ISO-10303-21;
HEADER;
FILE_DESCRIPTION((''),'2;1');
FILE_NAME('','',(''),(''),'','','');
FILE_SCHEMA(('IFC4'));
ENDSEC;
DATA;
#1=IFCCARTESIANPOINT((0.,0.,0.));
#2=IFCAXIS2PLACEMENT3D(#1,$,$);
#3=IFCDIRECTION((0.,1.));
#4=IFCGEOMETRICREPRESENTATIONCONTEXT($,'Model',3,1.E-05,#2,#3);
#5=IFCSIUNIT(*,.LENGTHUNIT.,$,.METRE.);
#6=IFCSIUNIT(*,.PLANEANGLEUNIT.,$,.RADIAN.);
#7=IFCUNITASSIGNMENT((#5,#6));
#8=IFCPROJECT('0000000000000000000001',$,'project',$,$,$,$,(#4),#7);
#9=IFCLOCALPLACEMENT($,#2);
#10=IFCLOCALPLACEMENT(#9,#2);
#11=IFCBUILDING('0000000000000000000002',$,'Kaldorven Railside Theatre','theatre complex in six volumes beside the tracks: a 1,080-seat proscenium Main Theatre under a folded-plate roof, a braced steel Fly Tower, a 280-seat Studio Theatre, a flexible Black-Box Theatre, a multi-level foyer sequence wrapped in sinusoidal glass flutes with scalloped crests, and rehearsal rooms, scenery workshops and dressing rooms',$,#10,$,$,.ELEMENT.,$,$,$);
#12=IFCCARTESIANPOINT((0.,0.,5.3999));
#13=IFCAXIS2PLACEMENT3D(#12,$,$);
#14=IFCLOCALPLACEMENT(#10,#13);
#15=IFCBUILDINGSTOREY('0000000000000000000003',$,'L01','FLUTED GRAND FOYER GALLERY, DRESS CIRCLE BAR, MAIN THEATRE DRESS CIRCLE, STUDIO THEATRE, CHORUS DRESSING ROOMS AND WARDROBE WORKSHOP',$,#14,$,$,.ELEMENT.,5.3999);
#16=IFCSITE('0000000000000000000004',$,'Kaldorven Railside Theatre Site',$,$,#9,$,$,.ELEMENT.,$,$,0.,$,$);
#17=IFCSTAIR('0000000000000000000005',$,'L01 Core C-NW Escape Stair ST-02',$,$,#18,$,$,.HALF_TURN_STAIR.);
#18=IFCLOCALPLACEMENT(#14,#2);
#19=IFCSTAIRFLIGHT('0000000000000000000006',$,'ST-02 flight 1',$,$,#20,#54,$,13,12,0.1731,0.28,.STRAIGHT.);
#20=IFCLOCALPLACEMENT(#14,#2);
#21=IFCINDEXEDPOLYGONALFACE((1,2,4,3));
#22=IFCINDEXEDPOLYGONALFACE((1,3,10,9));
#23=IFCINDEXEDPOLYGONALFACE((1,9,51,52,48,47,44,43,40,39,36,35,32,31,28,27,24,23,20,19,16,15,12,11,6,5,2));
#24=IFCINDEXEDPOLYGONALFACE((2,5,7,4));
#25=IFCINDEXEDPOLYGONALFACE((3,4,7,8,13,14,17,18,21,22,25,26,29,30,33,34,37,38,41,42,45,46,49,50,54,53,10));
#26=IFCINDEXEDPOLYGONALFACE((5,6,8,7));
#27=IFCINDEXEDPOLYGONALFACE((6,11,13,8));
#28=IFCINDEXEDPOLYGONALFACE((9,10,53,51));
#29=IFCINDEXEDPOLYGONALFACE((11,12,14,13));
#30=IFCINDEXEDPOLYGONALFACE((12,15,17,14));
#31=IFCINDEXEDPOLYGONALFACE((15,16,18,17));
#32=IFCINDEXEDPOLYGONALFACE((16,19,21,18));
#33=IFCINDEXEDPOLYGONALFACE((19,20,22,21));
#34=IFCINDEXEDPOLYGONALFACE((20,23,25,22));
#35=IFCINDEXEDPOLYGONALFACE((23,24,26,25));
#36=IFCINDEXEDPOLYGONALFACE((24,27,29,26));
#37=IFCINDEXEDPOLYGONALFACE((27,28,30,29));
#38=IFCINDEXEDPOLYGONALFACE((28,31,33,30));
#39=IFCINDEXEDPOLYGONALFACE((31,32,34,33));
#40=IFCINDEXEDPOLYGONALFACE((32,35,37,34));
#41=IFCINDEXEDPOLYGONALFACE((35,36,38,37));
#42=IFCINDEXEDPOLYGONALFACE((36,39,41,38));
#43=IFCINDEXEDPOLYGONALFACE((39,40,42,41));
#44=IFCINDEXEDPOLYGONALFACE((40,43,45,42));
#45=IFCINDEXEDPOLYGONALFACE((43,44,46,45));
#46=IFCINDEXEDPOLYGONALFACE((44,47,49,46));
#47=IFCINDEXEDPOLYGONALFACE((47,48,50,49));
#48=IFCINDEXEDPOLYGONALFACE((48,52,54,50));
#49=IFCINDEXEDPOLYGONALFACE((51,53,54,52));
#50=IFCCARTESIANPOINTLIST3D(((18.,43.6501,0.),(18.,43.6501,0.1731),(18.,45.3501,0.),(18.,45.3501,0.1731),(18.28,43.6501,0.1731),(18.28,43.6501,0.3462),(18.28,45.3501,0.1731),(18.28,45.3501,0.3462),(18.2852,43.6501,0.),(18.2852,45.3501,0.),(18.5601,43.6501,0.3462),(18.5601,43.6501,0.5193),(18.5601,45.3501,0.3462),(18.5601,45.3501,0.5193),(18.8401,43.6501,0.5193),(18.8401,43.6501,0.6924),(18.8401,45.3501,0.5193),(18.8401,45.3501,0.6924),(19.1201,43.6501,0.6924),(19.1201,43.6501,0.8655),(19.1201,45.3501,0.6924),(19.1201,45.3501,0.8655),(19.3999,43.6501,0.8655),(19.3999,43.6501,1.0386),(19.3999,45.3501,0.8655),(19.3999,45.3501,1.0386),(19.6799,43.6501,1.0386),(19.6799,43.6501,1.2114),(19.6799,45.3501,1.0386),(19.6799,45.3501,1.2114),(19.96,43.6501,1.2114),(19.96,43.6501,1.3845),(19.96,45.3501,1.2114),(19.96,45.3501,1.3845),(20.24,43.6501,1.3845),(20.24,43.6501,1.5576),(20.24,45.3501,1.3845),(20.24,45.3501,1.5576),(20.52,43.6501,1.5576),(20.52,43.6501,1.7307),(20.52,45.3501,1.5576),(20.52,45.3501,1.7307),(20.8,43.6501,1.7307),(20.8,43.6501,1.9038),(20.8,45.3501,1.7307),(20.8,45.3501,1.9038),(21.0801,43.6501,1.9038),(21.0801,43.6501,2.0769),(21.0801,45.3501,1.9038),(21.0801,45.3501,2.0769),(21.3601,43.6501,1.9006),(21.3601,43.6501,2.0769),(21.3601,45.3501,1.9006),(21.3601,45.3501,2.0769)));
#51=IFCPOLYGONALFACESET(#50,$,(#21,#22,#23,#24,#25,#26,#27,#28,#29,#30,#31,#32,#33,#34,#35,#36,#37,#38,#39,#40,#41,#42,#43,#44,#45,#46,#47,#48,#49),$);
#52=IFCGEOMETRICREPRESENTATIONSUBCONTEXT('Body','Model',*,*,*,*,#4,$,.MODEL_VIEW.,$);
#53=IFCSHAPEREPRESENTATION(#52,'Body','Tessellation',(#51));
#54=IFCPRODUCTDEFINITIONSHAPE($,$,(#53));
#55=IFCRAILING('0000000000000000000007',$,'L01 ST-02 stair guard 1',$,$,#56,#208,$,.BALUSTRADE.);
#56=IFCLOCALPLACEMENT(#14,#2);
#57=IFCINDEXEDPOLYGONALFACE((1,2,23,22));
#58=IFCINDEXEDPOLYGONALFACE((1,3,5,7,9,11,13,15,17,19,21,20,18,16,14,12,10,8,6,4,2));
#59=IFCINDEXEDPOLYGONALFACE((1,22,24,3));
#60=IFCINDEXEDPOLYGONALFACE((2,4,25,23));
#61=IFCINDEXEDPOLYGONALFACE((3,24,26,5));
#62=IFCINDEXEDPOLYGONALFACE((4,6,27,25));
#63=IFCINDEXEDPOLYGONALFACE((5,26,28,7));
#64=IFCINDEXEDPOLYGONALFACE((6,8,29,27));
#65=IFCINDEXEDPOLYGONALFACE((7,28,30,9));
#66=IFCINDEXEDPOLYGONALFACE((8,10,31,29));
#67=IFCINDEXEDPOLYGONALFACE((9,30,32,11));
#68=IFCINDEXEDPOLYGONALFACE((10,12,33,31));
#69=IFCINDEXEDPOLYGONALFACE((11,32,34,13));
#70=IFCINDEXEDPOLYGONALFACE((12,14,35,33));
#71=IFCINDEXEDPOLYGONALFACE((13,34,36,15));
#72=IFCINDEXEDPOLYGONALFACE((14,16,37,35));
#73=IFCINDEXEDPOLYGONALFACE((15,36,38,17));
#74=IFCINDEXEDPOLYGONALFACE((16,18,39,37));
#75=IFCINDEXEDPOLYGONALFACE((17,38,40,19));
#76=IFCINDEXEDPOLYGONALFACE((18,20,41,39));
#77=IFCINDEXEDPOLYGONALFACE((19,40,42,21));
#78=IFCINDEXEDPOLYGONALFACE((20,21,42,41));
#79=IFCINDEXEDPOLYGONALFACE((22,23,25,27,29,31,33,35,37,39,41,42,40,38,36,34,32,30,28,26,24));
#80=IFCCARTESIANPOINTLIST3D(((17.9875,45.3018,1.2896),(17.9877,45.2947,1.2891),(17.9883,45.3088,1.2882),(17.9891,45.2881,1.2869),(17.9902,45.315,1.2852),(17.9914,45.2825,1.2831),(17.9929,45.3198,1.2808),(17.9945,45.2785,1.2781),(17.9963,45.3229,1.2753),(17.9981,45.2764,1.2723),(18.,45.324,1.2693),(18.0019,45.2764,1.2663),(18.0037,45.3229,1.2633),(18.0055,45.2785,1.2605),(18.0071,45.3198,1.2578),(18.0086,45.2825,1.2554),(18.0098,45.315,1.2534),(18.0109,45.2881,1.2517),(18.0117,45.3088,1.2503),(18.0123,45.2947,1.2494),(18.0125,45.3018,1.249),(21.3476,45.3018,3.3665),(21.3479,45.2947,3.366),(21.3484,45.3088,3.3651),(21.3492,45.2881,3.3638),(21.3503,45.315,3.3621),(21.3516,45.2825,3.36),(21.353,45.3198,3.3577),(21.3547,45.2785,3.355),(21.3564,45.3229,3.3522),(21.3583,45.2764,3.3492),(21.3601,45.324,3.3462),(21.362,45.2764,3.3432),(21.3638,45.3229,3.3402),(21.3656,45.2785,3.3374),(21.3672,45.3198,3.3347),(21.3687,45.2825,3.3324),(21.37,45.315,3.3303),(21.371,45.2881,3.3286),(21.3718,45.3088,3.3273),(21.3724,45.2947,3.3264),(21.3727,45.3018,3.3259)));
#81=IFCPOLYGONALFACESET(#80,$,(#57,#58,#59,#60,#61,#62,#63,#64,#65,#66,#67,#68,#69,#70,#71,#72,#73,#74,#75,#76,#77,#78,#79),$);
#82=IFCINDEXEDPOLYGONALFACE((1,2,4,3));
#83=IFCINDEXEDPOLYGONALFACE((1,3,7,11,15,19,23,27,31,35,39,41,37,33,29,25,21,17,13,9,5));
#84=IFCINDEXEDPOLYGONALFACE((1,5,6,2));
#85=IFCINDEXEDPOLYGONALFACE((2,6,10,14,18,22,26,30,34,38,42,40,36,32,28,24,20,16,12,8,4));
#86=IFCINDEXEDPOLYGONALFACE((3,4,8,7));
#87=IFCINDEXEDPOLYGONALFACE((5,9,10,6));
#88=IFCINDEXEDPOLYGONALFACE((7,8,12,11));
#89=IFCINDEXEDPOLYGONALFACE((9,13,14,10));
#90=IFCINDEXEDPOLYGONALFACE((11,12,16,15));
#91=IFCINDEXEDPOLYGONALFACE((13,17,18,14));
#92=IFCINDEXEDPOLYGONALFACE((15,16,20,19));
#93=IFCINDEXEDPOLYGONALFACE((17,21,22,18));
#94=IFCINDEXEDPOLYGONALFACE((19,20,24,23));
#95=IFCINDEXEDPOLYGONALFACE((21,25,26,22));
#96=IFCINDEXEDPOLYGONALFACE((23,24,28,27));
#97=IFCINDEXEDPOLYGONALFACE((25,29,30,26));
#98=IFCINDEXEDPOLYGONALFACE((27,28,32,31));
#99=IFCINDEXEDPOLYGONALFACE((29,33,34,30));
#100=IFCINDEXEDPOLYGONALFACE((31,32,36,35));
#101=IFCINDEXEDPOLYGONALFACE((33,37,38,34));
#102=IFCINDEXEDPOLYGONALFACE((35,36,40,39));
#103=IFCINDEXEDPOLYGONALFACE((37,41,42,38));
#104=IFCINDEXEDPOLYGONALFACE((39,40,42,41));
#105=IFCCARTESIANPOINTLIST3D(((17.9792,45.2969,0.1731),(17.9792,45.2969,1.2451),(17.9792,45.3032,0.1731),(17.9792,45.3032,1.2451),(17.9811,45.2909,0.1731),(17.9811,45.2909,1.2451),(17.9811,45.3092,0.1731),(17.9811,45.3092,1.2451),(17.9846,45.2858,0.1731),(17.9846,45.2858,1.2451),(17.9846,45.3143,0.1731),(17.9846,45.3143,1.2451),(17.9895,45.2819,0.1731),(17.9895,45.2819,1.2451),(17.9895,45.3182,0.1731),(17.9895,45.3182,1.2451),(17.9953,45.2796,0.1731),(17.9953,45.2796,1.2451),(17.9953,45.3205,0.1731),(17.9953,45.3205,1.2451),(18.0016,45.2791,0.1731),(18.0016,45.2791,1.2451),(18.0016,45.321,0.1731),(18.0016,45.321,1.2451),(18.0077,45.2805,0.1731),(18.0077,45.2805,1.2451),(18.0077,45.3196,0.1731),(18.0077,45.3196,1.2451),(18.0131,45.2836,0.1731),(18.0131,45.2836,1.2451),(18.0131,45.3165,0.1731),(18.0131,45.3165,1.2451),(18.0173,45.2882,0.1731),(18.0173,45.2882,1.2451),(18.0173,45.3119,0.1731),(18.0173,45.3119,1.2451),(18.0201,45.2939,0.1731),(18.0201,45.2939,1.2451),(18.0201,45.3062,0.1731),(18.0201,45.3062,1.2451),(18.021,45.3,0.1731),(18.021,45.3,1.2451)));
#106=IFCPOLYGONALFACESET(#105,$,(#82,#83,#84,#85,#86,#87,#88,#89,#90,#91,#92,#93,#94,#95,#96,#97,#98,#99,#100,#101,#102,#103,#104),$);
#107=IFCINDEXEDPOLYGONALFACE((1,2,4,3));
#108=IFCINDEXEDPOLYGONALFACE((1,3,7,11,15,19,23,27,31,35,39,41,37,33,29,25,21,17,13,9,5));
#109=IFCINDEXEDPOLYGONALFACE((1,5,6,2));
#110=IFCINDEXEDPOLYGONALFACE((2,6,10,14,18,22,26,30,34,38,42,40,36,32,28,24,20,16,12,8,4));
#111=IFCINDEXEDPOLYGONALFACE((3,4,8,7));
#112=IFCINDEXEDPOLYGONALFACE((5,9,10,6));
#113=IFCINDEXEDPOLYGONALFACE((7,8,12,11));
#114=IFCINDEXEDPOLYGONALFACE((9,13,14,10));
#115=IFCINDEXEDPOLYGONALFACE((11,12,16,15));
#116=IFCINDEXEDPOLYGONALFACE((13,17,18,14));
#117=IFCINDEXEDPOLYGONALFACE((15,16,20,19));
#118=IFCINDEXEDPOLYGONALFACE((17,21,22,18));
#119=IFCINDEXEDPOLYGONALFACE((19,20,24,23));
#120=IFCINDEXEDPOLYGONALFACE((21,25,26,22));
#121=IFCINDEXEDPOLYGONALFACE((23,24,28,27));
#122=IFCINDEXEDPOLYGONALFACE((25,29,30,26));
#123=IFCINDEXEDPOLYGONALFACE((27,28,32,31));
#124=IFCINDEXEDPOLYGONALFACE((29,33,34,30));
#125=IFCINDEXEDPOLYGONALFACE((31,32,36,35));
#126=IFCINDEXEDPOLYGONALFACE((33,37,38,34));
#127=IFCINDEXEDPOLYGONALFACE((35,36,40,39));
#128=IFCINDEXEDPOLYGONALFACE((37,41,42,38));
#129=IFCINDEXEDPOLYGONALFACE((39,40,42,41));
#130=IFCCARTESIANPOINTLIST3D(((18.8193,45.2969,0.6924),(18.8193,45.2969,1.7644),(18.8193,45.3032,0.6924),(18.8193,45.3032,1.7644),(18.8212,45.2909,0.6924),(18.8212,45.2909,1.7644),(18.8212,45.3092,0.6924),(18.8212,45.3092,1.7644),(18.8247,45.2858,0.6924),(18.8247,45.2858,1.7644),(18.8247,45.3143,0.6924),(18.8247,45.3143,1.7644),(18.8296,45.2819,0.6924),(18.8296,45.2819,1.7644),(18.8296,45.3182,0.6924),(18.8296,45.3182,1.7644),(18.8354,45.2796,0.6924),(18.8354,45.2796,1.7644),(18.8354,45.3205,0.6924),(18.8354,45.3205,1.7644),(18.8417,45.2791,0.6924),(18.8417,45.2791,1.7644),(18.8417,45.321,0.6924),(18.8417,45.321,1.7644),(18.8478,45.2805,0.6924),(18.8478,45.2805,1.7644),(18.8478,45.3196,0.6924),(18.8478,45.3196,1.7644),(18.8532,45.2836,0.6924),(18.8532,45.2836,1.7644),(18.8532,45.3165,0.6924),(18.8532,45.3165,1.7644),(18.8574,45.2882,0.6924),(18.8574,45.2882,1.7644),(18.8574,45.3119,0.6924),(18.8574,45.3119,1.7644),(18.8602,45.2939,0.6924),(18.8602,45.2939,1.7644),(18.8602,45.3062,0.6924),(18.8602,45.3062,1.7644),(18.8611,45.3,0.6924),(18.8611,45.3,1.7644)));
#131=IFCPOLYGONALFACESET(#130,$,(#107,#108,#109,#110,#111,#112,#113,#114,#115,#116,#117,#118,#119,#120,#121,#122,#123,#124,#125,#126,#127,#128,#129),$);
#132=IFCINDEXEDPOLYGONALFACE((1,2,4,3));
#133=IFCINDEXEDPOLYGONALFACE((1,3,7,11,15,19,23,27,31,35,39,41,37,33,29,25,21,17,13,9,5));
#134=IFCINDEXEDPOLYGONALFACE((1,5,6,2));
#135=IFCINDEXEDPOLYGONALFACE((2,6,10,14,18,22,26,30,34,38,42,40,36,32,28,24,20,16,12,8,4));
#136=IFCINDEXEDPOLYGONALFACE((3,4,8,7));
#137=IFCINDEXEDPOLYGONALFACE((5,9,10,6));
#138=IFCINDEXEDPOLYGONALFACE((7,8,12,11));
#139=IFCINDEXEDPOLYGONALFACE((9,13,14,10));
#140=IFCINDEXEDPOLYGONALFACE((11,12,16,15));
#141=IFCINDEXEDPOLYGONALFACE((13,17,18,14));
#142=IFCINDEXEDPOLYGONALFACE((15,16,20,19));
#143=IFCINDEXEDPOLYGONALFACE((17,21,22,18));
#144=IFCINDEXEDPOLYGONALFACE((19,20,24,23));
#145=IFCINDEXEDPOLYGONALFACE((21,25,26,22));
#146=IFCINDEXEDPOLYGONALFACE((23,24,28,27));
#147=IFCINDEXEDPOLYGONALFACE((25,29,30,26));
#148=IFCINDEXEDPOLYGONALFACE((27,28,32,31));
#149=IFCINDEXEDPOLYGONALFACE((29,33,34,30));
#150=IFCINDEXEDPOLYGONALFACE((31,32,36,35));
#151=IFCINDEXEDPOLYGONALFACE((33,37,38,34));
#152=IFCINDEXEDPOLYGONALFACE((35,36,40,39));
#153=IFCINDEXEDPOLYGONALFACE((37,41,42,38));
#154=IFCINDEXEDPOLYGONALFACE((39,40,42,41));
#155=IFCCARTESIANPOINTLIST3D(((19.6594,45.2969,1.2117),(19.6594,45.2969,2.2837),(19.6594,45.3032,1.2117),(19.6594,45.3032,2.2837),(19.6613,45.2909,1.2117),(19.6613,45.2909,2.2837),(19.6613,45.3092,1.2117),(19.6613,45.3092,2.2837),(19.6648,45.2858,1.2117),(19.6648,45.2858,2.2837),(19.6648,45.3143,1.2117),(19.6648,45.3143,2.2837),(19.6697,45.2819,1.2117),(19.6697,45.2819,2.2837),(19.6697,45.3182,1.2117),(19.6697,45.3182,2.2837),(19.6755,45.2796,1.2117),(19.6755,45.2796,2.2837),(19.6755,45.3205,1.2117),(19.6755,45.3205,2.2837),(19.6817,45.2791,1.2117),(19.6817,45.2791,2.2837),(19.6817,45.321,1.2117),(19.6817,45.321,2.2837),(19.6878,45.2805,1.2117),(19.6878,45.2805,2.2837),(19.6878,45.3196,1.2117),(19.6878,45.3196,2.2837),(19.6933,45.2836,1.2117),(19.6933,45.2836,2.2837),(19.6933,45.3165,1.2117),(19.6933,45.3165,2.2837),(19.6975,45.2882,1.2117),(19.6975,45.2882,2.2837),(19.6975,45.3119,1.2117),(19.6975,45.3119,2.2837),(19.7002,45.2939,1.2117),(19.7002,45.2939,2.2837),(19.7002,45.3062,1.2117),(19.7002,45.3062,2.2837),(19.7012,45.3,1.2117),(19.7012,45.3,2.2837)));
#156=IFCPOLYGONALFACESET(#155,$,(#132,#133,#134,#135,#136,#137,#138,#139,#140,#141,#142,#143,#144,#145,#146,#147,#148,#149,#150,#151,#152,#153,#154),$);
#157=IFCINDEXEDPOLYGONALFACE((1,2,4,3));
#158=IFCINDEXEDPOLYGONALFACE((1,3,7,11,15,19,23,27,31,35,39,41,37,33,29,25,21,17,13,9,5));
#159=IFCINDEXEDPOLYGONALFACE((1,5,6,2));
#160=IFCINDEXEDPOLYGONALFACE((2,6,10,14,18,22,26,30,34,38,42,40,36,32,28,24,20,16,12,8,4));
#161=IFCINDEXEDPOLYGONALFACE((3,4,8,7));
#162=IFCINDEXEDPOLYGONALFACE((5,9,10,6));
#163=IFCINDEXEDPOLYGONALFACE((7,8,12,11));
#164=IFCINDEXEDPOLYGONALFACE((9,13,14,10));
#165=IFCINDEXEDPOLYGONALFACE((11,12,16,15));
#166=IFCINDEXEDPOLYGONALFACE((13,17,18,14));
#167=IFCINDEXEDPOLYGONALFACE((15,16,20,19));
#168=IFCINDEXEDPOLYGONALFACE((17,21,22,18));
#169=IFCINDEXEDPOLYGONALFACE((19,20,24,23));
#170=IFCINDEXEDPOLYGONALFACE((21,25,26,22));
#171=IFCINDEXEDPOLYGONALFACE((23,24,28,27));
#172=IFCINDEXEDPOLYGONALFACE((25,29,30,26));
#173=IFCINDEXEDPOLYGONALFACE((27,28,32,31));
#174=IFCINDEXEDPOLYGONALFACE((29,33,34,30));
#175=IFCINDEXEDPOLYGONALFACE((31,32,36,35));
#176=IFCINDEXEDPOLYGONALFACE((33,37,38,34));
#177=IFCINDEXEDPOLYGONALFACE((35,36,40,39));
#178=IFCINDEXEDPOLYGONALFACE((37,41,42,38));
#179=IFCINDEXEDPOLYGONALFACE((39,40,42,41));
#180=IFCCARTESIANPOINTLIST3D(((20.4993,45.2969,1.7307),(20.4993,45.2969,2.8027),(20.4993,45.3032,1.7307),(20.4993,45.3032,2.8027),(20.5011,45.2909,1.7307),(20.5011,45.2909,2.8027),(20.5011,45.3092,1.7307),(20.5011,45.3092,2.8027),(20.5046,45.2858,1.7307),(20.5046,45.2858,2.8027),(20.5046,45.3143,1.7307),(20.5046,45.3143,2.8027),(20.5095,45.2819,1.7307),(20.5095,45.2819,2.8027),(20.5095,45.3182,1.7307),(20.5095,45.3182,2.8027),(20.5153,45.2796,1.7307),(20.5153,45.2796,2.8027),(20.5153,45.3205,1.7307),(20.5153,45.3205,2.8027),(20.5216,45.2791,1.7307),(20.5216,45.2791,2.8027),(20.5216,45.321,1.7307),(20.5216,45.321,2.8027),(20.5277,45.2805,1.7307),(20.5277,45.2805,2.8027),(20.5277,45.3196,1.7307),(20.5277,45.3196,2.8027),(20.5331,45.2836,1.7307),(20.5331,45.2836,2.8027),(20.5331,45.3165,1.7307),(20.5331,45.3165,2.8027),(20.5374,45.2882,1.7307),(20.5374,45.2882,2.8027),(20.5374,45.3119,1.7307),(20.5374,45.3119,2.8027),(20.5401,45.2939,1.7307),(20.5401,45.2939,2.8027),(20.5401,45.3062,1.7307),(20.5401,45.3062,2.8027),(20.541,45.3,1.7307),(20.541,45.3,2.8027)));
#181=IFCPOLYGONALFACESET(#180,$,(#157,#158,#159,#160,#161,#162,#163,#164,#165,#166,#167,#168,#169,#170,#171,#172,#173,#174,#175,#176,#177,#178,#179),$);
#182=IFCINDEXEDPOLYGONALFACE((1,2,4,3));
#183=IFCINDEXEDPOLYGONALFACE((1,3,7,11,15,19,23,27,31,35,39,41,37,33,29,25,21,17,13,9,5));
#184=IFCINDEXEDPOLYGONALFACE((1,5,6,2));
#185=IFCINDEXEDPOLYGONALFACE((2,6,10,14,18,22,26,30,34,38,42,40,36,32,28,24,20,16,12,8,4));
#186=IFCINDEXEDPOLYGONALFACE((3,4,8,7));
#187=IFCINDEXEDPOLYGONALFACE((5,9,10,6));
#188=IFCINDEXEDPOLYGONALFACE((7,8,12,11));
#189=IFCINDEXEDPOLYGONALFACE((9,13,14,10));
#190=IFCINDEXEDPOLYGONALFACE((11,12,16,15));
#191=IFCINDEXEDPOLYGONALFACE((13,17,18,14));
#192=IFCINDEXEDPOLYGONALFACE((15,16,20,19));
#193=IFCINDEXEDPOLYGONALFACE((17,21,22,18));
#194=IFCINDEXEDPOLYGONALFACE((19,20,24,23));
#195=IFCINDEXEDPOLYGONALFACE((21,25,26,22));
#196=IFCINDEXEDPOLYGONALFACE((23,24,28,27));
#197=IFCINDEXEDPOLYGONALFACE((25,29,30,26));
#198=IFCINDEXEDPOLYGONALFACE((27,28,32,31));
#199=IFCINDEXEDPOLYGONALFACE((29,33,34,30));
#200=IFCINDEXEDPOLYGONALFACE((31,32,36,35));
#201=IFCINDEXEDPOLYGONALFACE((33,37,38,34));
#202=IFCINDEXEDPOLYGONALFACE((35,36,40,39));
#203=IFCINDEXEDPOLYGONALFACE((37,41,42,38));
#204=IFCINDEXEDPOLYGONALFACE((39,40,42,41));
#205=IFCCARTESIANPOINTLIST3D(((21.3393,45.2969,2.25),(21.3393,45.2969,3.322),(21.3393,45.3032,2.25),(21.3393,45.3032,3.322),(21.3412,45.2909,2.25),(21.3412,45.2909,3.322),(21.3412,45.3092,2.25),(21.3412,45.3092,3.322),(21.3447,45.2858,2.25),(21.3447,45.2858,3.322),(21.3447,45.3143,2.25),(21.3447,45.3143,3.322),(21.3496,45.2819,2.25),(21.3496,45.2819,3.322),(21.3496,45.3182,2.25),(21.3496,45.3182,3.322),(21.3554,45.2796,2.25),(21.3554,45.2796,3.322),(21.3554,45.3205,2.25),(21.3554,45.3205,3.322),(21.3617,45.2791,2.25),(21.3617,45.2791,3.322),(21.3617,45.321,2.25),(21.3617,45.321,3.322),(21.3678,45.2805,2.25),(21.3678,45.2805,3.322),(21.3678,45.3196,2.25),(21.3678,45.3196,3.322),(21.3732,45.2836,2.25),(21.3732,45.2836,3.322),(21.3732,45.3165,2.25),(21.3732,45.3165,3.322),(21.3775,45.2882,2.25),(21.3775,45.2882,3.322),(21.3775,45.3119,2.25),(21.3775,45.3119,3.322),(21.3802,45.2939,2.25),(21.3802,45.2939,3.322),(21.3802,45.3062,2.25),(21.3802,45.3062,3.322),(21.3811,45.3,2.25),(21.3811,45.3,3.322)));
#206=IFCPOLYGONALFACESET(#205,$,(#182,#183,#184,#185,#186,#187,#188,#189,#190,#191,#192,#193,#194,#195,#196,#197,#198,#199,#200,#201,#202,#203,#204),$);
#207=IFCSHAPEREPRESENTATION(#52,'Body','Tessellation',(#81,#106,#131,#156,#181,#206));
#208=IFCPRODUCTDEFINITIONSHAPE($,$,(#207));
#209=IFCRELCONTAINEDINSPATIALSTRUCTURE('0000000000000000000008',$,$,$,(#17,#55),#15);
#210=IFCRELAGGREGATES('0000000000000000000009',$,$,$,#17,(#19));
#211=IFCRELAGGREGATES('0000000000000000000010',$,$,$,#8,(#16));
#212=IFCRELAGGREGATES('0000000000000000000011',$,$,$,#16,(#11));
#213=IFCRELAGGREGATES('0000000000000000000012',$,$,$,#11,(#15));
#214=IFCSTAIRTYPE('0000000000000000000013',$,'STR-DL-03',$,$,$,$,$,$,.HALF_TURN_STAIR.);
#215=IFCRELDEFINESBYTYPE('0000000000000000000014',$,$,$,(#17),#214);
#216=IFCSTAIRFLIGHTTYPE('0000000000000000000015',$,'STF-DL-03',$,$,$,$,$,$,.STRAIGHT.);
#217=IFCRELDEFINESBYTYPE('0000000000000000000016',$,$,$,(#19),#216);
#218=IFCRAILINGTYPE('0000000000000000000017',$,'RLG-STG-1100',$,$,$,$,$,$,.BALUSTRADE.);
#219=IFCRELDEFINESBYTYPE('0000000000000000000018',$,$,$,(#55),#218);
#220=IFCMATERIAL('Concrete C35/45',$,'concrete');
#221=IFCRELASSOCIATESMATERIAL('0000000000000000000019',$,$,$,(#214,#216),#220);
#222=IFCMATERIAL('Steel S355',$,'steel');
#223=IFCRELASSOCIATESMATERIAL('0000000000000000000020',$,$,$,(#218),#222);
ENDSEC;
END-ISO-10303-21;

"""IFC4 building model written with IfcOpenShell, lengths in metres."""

from ifc_helpers import new_model, si_unit, direction, frame, origin, origin_2d, place, context, subcontext, project, spatial, polyline, circle, outline, extrude, material, type_object, element, aggregate, save


model = new_model("IFC4")

# Units and contexts
model_context = context("Model", 3, precision=1e-05, world=origin(), true_north=direction((0.0, 1.0)))
body_context = subcontext(model_context, "Body", "Model", "MODEL_VIEW")
ifc_project = project(units=[si_unit("LENGTHUNIT", "METRE"), si_unit("PLANEANGLEUNIT", "RADIAN")], contexts=[model_context])

# Site, building, storey
site_placement = place(None, origin())
site = spatial("IfcSite", under=ifc_project, at=site_placement, Name="Kaldorven Railside Theatre Site", CompositionType="ELEMENT", RefElevation=0.0)
building_placement = place(site_placement, origin())
building = spatial("IfcBuilding", under=site, at=building_placement, Name="Kaldorven Railside Theatre", Description="theatre complex in six volumes beside the tracks: a 1,080-seat proscenium Main Theatre under a folded-plate roof, a braced steel Fly Tower, a 280-seat Studio Theatre, a flexible Black-Box Theatre, a multi-level foyer sequence wrapped in sinusoidal glass flutes with scalloped crests, and rehearsal rooms, scenery workshops and dressing rooms", CompositionType="ELEMENT")
storey_placement = place(building_placement, frame((0.0, 0.0, 5.3999)))
storey = spatial("IfcBuildingStorey", under=building, at=storey_placement, Name="L01", Description="FLUTED GRAND FOYER GALLERY, DRESS CIRCLE BAR, MAIN THEATRE DRESS CIRCLE, STUDIO THEATRE, CHORUS DRESSING ROOMS AND WARDROBE WORKSHOP", CompositionType="ELEMENT", Elevation=5.3999)

# Shared definitions
ifc_material_1 = material(Name="Steel S355", Category="steel")

# Stair, stair flight
ifc_material_2 = material(Name="Concrete C35/45", Category="concrete")
stair_type = type_object("IfcStairType", Name="STR-DL-03", PredefinedType="HALF_TURN_STAIR", material=ifc_material_2)
stair_placement = place(storey_placement, origin())
stair = element("IfcStair", 1, at=stair_placement, inside=storey, type_object=stair_type, Name="L01 Core C-NW Escape Stair ST-02", PredefinedType="HALF_TURN_STAIR")
stair_flight_type = type_object("IfcStairFlightType", Name="STF-DL-03", PredefinedType="STRAIGHT", material=ifc_material_2)
stair_flight_placement = place(storey_placement, frame((18.0, 44.5, 0.0), z_axis=(0.0, 0.0, 1.0), x_axis=(1.0, 0.0, 0.0)))
stair_flight = element("IfcStairFlight", 2, at=stair_flight_placement, type_object=stair_flight_type, Name="ST-02 flight 1", NumberOfRisers=13, NumberOfTreads=12, PredefinedType="STRAIGHT", RiserHeight=0.1731, TreadLength=0.28, context=body_context, shape_type="SweptSolid", body=[
    extrude(outline(polyline([(0.0, 0.0), (0.0, 0.1731), (0.28, 0.1731), (0.28, 0.3462), (0.5601, 0.3462), (0.5601, 0.5193), (0.8401, 0.5193), (0.8401, 0.6924), (1.1201, 0.6924), (1.1201, 0.8655), (1.3999, 0.8655), (1.3999, 1.0386), (1.6799, 1.0386), (1.6799, 1.2114), (1.96, 1.2114), (1.96, 1.3845), (2.24, 1.3845), (2.24, 1.5576), (2.52, 1.5576), (2.52, 1.7307), (2.8, 1.7307), (2.8, 1.9038), (3.0801, 1.9038), (3.0801, 2.0769), (3.3601, 2.0769), (3.3601, 2.25), (3.3601, 1.9006), (0.2852, 0.0), (0.0, 0.0)])), frame((0.0, 0.8501, 0.0), z_axis=(0.0, -1.0, 0.0), x_axis=(1.0, 0.0, 0.0)), (0.0, 0.0, 1.0), 1.7),
])
aggregate(stair, [stair_flight])

# Railing
railing_type_1 = type_object("IfcRailingType", Name="RLG-STG-1100", PredefinedType="BALUSTRADE", material=ifc_material_1)
railing_1_placement = place(storey_placement, frame((18.0, 45.3, 0.1731)))
element("IfcRailing", 3, at=railing_1_placement, inside=storey, type_object=railing_type_1, Name="L01 ST-02 stair guard 1", PredefinedType="BALUSTRADE", context=body_context, shape_type="SweptSolid", body=[
    extrude(circle(Radius=0.0239, at=origin_2d()), frame((0.0, 0.0, 1.0962), z_axis=(0.850623, 0.0, 0.525776), x_axis=(0.0, 1.0, 0.0)), (0.0, 0.0, 1.0), 3.9502),
    extrude(circle(Radius=0.021, at=origin_2d()), origin(), (0.0, 0.0, 1.0), 1.072),
    extrude(circle(Radius=0.021, at=origin_2d()), frame((0.8401, 0.0, 0.5193)), (0.0, 0.0, 1.0), 1.072),
    extrude(circle(Radius=0.021, at=origin_2d()), frame((1.6802, 0.0, 1.0386)), (0.0, 0.0, 1.0), 1.072),
    extrude(circle(Radius=0.021, at=origin_2d()), frame((2.52, 0.0, 1.5576)), (0.0, 0.0, 1.0), 1.072),
    extrude(circle(Radius=0.021, at=origin_2d()), frame((3.3601, 0.0, 2.0769)), (0.0, 0.0, 1.0), 1.072),
])

save(model, "model.ifc")
